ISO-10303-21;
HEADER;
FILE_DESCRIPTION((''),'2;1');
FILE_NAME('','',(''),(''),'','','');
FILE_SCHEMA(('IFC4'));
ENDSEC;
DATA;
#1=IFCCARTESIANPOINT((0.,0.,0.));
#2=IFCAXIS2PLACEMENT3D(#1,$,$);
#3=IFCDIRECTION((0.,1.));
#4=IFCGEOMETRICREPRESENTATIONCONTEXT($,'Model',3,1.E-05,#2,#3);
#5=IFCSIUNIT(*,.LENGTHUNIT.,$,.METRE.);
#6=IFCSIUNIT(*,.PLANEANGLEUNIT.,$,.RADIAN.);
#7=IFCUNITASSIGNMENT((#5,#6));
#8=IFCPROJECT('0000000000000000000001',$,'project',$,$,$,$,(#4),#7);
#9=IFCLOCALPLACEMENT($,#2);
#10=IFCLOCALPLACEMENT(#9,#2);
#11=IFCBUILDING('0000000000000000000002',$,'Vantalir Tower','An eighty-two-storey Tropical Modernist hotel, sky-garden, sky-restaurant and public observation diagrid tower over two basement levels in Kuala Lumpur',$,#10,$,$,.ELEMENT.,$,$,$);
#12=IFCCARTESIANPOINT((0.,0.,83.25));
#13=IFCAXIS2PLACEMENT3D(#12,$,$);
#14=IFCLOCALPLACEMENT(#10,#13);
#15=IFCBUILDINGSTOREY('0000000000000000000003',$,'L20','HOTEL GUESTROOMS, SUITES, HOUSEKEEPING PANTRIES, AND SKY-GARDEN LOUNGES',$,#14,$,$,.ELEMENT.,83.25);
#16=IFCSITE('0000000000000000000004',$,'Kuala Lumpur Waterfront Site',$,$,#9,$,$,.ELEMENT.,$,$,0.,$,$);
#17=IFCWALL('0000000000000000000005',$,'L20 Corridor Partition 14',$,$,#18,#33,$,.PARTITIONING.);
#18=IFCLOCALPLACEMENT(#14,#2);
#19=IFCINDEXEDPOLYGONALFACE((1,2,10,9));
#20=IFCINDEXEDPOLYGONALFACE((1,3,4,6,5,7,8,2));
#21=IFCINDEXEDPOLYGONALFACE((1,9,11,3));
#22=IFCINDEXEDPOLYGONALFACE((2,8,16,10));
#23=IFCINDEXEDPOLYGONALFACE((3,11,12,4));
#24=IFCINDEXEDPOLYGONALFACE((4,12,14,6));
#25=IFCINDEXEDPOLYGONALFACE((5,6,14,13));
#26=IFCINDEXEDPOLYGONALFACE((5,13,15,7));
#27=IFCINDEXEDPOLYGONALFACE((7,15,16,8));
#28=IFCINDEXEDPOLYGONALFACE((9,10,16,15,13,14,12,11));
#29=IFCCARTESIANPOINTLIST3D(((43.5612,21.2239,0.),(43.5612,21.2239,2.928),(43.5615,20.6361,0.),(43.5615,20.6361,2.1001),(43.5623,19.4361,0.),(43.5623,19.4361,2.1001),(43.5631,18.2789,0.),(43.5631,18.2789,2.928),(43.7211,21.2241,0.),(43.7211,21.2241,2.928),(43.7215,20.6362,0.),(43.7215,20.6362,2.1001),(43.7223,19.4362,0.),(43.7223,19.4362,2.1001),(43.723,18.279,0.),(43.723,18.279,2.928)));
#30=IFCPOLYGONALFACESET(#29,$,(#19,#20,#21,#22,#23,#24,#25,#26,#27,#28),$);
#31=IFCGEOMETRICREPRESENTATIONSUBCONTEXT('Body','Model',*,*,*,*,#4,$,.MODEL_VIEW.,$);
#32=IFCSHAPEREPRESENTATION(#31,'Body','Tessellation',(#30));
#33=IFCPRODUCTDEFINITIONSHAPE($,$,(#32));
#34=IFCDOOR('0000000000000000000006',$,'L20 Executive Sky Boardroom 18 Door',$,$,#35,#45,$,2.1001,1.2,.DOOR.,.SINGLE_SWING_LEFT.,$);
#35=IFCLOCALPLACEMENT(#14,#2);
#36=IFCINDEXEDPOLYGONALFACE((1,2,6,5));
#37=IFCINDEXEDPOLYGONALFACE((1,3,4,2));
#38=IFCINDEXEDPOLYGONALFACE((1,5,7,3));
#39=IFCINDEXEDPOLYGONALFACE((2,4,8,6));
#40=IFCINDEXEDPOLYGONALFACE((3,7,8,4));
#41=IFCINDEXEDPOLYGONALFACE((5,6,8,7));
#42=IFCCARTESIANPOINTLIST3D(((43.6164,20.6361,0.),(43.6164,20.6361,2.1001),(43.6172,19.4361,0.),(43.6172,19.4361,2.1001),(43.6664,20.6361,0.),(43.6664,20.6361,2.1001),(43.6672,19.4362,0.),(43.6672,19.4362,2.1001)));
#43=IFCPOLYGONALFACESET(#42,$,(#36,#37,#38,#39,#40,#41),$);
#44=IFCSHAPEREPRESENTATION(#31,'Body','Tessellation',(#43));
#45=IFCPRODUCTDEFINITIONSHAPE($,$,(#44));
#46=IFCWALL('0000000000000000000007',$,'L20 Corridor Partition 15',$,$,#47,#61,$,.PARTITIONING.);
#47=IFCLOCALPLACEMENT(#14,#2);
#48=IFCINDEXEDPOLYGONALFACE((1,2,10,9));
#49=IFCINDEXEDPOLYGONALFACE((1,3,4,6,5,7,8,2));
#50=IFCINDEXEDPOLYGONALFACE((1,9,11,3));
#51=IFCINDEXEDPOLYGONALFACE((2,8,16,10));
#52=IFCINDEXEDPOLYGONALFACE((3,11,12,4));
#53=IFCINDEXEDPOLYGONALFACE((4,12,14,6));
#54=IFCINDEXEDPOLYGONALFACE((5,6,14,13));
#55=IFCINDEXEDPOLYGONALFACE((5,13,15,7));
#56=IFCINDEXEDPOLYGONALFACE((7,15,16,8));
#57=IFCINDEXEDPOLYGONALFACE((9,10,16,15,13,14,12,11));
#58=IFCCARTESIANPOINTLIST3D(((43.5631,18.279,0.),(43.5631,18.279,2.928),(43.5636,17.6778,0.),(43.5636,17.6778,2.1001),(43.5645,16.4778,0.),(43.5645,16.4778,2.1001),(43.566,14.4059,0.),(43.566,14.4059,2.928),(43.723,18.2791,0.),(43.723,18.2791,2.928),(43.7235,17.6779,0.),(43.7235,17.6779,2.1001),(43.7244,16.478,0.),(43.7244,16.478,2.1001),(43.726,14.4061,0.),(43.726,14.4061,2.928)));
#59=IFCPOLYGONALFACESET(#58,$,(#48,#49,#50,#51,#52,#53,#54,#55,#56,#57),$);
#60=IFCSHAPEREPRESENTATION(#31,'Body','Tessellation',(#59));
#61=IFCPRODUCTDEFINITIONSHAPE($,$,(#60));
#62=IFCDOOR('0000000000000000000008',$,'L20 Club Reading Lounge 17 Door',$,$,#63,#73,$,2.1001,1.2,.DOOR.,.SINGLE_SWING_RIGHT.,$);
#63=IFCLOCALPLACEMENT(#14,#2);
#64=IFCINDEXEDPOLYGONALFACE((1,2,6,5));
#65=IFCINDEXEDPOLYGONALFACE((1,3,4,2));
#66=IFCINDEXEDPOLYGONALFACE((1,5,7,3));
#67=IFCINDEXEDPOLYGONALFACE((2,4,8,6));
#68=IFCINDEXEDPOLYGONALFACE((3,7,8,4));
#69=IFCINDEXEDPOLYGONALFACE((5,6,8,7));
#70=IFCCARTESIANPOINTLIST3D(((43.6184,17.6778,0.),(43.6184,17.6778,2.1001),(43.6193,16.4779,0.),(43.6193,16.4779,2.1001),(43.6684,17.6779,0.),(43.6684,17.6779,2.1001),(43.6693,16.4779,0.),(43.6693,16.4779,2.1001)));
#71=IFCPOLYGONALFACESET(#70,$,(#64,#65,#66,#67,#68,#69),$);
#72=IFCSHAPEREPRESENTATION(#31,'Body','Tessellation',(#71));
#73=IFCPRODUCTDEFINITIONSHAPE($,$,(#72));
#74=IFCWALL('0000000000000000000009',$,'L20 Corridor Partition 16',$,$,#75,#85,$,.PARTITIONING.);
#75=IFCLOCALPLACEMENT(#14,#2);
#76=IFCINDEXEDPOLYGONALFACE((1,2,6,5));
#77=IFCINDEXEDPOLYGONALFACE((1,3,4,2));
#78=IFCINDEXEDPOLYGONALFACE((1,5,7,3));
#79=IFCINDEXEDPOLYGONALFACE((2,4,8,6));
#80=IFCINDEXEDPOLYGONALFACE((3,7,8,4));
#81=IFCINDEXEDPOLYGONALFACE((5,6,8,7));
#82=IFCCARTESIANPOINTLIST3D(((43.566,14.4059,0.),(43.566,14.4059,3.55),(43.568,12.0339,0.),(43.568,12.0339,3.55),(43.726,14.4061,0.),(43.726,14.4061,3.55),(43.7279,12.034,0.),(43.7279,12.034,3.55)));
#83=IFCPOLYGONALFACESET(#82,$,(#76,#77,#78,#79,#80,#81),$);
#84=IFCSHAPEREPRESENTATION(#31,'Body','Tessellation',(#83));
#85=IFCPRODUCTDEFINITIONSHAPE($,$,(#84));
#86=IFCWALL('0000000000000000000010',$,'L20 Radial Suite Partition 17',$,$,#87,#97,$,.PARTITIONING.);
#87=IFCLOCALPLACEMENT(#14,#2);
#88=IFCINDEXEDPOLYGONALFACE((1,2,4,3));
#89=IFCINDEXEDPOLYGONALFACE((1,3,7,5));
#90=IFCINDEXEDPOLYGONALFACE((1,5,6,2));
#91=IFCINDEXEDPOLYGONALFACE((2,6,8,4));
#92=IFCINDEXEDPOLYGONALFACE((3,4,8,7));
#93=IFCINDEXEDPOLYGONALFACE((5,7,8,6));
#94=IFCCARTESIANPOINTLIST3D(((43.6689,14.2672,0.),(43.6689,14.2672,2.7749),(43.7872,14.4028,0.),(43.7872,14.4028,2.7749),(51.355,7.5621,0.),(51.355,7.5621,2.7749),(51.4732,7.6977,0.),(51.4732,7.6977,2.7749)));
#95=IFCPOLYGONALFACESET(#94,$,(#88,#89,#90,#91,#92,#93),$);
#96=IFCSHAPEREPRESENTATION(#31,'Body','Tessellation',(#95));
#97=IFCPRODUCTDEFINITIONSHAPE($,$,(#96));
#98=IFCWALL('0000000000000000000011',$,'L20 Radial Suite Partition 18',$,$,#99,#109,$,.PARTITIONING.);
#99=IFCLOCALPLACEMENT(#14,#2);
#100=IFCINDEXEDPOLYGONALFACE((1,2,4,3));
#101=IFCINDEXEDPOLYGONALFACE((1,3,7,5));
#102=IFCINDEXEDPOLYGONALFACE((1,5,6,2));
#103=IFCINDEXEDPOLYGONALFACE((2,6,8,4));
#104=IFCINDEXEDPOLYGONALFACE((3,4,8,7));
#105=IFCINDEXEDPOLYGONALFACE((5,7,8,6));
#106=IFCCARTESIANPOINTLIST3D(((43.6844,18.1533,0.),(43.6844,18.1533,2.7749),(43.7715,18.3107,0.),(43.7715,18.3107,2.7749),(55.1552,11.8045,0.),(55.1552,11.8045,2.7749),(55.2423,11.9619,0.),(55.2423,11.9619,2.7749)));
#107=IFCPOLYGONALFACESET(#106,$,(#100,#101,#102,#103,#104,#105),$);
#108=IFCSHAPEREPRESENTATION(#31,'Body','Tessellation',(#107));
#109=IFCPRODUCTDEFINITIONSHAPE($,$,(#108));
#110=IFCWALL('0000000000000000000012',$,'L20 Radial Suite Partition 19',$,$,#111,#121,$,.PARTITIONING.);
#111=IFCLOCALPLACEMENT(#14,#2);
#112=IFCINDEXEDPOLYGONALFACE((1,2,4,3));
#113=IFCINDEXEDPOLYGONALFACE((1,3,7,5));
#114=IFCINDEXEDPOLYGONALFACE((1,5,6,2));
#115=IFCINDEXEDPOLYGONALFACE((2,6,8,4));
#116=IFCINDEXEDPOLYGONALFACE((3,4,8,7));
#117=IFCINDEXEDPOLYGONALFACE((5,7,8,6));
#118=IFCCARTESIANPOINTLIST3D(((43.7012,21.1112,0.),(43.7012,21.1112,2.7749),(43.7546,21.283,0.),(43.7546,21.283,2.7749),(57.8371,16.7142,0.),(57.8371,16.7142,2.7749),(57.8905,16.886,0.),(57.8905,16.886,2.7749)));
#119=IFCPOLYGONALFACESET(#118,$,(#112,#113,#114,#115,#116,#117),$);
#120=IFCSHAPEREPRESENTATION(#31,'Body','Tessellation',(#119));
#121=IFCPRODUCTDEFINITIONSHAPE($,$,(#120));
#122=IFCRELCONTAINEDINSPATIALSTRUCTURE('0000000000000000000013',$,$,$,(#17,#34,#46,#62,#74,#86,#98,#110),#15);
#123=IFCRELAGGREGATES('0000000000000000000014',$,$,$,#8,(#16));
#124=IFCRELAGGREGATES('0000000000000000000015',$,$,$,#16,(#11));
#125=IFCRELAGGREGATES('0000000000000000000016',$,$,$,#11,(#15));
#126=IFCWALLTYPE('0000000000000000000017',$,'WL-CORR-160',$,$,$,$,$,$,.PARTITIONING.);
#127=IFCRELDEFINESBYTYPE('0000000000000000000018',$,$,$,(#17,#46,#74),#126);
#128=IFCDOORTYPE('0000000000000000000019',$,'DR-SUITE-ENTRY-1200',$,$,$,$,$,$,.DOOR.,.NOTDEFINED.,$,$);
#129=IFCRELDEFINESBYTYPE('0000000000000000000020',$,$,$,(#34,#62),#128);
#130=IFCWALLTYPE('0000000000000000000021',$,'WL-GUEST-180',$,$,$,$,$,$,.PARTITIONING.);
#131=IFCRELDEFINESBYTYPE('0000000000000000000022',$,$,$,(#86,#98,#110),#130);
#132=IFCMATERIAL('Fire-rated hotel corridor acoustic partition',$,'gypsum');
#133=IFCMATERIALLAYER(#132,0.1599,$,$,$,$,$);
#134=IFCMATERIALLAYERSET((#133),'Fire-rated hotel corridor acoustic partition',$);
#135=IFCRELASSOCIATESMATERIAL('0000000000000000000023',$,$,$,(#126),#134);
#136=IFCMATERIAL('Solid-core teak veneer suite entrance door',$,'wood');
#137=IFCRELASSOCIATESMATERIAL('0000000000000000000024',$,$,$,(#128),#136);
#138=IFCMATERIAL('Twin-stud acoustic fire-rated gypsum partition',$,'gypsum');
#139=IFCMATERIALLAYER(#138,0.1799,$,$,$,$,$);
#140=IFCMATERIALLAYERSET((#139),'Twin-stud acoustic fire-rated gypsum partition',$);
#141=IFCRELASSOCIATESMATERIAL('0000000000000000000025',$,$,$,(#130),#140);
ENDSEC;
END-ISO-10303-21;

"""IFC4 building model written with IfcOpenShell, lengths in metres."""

from ifc_helpers import new_model, si_unit, direction, frame, frame_2d, origin, place, context, subcontext, project, spatial, rectangle, extrude, material, layer, layer_set, type_object, element, fill, save


model = new_model("IFC4")

# Units and contexts
model_context = context("Model", 3, precision=1e-05, world=origin(), true_north=direction((0.0, 1.0)))
body_context = subcontext(model_context, "Body", "Model", "MODEL_VIEW")
ifc_project = project(units=[si_unit("LENGTHUNIT", "METRE"), si_unit("PLANEANGLEUNIT", "RADIAN")], contexts=[model_context])

# Site, building, storey
site_placement = place(None, origin())
site = spatial("IfcSite", under=ifc_project, at=site_placement, Name="Kuala Lumpur Waterfront Site", CompositionType="ELEMENT", RefElevation=0.0)
building_placement = place(site_placement, origin())
building = spatial("IfcBuilding", under=site, at=building_placement, Name="Vantalir Tower", Description="An eighty-two-storey Tropical Modernist hotel, sky-garden, sky-restaurant and public observation diagrid tower over two basement levels in Kuala Lumpur", CompositionType="ELEMENT")
storey_placement = place(building_placement, frame((0.0, 0.0, 83.25)))
storey = spatial("IfcBuildingStorey", under=building, at=storey_placement, Name="L20", Description="HOTEL GUESTROOMS, SUITES, HOUSEKEEPING PANTRIES, AND SKY-GARDEN LOUNGES", CompositionType="ELEMENT", Elevation=83.25)

# Walls, openings, doors
ifc_material_1 = material(Name="Fire-rated hotel corridor acoustic partition", Category="gypsum")
ifc_layer_1 = layer(ifc_material_1, 0.1599)
ifc_layer_set_1 = layer_set([ifc_layer_1], Name="Fire-rated hotel corridor acoustic partition")
wall_type_1 = type_object("IfcWallType", Name="WL-CORR-160", PredefinedType="PARTITIONING", material=ifc_layer_set_1)
wall_1_placement = place(storey_placement, frame((43.6411, 21.2241, 0.0), z_axis=(0.0, 0.0, 1.0), x_axis=(0.000663, -1.0, 0.0)))
wall_1 = element("IfcWall", 1, at=wall_1_placement, inside=storey, type_object=wall_type_1, Name="L20 Corridor Partition 14", PredefinedType="PARTITIONING", context=body_context, shape_type="SweptSolid", body=[
    extrude(rectangle(XDim=2.9451, YDim=0.1599, at=frame_2d((1.4727, 0.0))), origin(), (0.0, 0.0, 1.0), 2.928),
])
opening_1_placement = place(wall_1_placement, frame((0.5879, 0.0, 0.0)))
opening_1 = element("IfcOpeningElement", 2, at=opening_1_placement, cuts=wall_1, PredefinedType="OPENING", context=body_context, shape_type="SweptSolid", body=[
    extrude(rectangle(XDim=1.2, YDim=2.1001, at=frame_2d((0.6001, 1.05))), frame((0.0, 0.0898, 0.0), z_axis=(0.0, -1.0, 0.0), x_axis=(1.0, 0.0, 0.0)), (0.0, 0.0, 1.0), 0.1799),
])
ifc_material_2 = material(Name="Solid-core teak veneer suite entrance door", Category="wood")
door_type_1 = type_object("IfcDoorType", Name="DR-SUITE-ENTRY-1200", OperationType="NOTDEFINED", PredefinedType="DOOR", material=ifc_material_2)
door_1_placement = place(opening_1_placement, origin())
door_1 = element("IfcDoor", 3, at=door_1_placement, inside=storey, type_object=door_type_1, Name="L20 Executive Sky Boardroom 18 Door", OperationType="SINGLE_SWING_LEFT", OverallHeight=2.1001, OverallWidth=1.2, PredefinedType="DOOR", context=body_context, shape_type="SweptSolid", body=[
    extrude(rectangle(XDim=1.2, YDim=2.1001, at=frame_2d((0.6001, 1.05))), frame((0.0, 0.0249, 0.0), z_axis=(0.0, -1.0, 0.0), x_axis=(1.0, 0.0, 0.0)), (0.0, 0.0, 1.0), 0.05),
])
fill(opening_1, door_1)
wall_2_placement = place(storey_placement, frame((43.6431, 18.2791, 0.0), z_axis=(0.0, 0.0, 1.0), x_axis=(0.000756, -1.0, 0.0)))
wall_2 = element("IfcWall", 4, at=wall_2_placement, inside=storey, type_object=wall_type_1, Name="L20 Corridor Partition 15", PredefinedType="PARTITIONING", context=body_context, shape_type="SweptSolid", body=[
    extrude(rectangle(XDim=3.873, YDim=0.1599, at=frame_2d((1.9365, 0.0))), origin(), (0.0, 0.0, 1.0), 2.928),
])
opening_2_placement = place(wall_2_placement, frame((0.6011, 0.0, 0.0)))
opening_2 = element("IfcOpeningElement", 5, at=opening_2_placement, cuts=wall_2, PredefinedType="OPENING", context=body_context, shape_type="SweptSolid", body=[
    extrude(rectangle(XDim=1.2, YDim=2.1001, at=frame_2d((0.6001, 1.05))), frame((0.0, 0.0898, 0.0), z_axis=(0.0, -1.0, 0.0), x_axis=(1.0, 0.0, 0.0)), (0.0, 0.0, 1.0), 0.1799),
])
door_2_placement = place(opening_2_placement, origin())
door_2 = element("IfcDoor", 6, at=door_2_placement, inside=storey, type_object=door_type_1, Name="L20 Club Reading Lounge 17 Door", OperationType="SINGLE_SWING_RIGHT", OverallHeight=2.1001, OverallWidth=1.2, PredefinedType="DOOR", context=body_context, shape_type="SweptSolid", body=[
    extrude(rectangle(XDim=1.2, YDim=2.1001, at=frame_2d((0.6001, 1.05))), frame((0.0, 0.0249, 0.0), z_axis=(0.0, -1.0, 0.0), x_axis=(1.0, 0.0, 0.0)), (0.0, 0.0, 1.0), 0.05),
])
fill(opening_2, door_2)

# Walls
wall_3_placement = place(storey_placement, frame((43.646, 14.406, 0.0), z_axis=(0.0, 0.0, 1.0), x_axis=(0.000823, -1.0, 0.0)))
element("IfcWall", 7, at=wall_3_placement, inside=storey, type_object=wall_type_1, Name="L20 Corridor Partition 16", PredefinedType="PARTITIONING", context=body_context, shape_type="SweptSolid", body=[
    extrude(rectangle(XDim=2.3721, YDim=0.1599, at=frame_2d((1.186, 0.0))), origin(), (0.0, 0.0, 1.0), 3.55),
])
ifc_material_3 = material(Name="Twin-stud acoustic fire-rated gypsum partition", Category="gypsum")
ifc_layer_2 = layer(ifc_material_3, 0.1799)
ifc_layer_set_2 = layer_set([ifc_layer_2], Name="Twin-stud acoustic fire-rated gypsum partition")
wall_type_2 = type_object("IfcWallType", Name="WL-GUEST-180", PredefinedType="PARTITIONING", material=ifc_layer_set_2)
wall_4_placement = place(storey_placement, frame((43.728, 14.335, 0.0), z_axis=(0.0, 0.0, 1.0), x_axis=(0.753557, -0.657382, 0.0)))
element("IfcWall", 8, at=wall_4_placement, inside=storey, type_object=wall_type_2, Name="L20 Radial Suite Partition 17", PredefinedType="PARTITIONING", context=body_context, shape_type="SweptSolid", body=[
    extrude(rectangle(XDim=10.1997, YDim=0.1799, at=frame_2d((5.0999, 0.0))), origin(), (0.0, 0.0, 1.0), 2.7749),
])
wall_5_placement = place(storey_placement, frame((43.728, 18.2319, 0.0), z_axis=(0.0, 0.0, 1.0), x_axis=(0.874929, -0.484251, 0.0)))
element("IfcWall", 9, at=wall_5_placement, inside=storey, type_object=wall_type_2, Name="L20 Radial Suite Partition 18", PredefinedType="PARTITIONING", context=body_context, shape_type="SweptSolid", body=[
    extrude(rectangle(XDim=13.1106, YDim=0.1799, at=frame_2d((6.5552, 0.0))), origin(), (0.0, 0.0, 1.0), 2.7749),
])
wall_6_placement = place(storey_placement, frame((43.728, 21.197, 0.0), z_axis=(0.0, 0.0, 1.0), x_axis=(0.954874, -0.297012, 0.0)))
element("IfcWall", 10, at=wall_6_placement, inside=storey, type_object=wall_type_2, Name="L20 Radial Suite Partition 19", PredefinedType="PARTITIONING", context=body_context, shape_type="SweptSolid", body=[
    extrude(rectangle(XDim=14.804, YDim=0.1799, at=frame_2d((7.4019, 0.0))), origin(), (0.0, 0.0, 1.0), 2.7749),
])

save(model, "model.ifc")
